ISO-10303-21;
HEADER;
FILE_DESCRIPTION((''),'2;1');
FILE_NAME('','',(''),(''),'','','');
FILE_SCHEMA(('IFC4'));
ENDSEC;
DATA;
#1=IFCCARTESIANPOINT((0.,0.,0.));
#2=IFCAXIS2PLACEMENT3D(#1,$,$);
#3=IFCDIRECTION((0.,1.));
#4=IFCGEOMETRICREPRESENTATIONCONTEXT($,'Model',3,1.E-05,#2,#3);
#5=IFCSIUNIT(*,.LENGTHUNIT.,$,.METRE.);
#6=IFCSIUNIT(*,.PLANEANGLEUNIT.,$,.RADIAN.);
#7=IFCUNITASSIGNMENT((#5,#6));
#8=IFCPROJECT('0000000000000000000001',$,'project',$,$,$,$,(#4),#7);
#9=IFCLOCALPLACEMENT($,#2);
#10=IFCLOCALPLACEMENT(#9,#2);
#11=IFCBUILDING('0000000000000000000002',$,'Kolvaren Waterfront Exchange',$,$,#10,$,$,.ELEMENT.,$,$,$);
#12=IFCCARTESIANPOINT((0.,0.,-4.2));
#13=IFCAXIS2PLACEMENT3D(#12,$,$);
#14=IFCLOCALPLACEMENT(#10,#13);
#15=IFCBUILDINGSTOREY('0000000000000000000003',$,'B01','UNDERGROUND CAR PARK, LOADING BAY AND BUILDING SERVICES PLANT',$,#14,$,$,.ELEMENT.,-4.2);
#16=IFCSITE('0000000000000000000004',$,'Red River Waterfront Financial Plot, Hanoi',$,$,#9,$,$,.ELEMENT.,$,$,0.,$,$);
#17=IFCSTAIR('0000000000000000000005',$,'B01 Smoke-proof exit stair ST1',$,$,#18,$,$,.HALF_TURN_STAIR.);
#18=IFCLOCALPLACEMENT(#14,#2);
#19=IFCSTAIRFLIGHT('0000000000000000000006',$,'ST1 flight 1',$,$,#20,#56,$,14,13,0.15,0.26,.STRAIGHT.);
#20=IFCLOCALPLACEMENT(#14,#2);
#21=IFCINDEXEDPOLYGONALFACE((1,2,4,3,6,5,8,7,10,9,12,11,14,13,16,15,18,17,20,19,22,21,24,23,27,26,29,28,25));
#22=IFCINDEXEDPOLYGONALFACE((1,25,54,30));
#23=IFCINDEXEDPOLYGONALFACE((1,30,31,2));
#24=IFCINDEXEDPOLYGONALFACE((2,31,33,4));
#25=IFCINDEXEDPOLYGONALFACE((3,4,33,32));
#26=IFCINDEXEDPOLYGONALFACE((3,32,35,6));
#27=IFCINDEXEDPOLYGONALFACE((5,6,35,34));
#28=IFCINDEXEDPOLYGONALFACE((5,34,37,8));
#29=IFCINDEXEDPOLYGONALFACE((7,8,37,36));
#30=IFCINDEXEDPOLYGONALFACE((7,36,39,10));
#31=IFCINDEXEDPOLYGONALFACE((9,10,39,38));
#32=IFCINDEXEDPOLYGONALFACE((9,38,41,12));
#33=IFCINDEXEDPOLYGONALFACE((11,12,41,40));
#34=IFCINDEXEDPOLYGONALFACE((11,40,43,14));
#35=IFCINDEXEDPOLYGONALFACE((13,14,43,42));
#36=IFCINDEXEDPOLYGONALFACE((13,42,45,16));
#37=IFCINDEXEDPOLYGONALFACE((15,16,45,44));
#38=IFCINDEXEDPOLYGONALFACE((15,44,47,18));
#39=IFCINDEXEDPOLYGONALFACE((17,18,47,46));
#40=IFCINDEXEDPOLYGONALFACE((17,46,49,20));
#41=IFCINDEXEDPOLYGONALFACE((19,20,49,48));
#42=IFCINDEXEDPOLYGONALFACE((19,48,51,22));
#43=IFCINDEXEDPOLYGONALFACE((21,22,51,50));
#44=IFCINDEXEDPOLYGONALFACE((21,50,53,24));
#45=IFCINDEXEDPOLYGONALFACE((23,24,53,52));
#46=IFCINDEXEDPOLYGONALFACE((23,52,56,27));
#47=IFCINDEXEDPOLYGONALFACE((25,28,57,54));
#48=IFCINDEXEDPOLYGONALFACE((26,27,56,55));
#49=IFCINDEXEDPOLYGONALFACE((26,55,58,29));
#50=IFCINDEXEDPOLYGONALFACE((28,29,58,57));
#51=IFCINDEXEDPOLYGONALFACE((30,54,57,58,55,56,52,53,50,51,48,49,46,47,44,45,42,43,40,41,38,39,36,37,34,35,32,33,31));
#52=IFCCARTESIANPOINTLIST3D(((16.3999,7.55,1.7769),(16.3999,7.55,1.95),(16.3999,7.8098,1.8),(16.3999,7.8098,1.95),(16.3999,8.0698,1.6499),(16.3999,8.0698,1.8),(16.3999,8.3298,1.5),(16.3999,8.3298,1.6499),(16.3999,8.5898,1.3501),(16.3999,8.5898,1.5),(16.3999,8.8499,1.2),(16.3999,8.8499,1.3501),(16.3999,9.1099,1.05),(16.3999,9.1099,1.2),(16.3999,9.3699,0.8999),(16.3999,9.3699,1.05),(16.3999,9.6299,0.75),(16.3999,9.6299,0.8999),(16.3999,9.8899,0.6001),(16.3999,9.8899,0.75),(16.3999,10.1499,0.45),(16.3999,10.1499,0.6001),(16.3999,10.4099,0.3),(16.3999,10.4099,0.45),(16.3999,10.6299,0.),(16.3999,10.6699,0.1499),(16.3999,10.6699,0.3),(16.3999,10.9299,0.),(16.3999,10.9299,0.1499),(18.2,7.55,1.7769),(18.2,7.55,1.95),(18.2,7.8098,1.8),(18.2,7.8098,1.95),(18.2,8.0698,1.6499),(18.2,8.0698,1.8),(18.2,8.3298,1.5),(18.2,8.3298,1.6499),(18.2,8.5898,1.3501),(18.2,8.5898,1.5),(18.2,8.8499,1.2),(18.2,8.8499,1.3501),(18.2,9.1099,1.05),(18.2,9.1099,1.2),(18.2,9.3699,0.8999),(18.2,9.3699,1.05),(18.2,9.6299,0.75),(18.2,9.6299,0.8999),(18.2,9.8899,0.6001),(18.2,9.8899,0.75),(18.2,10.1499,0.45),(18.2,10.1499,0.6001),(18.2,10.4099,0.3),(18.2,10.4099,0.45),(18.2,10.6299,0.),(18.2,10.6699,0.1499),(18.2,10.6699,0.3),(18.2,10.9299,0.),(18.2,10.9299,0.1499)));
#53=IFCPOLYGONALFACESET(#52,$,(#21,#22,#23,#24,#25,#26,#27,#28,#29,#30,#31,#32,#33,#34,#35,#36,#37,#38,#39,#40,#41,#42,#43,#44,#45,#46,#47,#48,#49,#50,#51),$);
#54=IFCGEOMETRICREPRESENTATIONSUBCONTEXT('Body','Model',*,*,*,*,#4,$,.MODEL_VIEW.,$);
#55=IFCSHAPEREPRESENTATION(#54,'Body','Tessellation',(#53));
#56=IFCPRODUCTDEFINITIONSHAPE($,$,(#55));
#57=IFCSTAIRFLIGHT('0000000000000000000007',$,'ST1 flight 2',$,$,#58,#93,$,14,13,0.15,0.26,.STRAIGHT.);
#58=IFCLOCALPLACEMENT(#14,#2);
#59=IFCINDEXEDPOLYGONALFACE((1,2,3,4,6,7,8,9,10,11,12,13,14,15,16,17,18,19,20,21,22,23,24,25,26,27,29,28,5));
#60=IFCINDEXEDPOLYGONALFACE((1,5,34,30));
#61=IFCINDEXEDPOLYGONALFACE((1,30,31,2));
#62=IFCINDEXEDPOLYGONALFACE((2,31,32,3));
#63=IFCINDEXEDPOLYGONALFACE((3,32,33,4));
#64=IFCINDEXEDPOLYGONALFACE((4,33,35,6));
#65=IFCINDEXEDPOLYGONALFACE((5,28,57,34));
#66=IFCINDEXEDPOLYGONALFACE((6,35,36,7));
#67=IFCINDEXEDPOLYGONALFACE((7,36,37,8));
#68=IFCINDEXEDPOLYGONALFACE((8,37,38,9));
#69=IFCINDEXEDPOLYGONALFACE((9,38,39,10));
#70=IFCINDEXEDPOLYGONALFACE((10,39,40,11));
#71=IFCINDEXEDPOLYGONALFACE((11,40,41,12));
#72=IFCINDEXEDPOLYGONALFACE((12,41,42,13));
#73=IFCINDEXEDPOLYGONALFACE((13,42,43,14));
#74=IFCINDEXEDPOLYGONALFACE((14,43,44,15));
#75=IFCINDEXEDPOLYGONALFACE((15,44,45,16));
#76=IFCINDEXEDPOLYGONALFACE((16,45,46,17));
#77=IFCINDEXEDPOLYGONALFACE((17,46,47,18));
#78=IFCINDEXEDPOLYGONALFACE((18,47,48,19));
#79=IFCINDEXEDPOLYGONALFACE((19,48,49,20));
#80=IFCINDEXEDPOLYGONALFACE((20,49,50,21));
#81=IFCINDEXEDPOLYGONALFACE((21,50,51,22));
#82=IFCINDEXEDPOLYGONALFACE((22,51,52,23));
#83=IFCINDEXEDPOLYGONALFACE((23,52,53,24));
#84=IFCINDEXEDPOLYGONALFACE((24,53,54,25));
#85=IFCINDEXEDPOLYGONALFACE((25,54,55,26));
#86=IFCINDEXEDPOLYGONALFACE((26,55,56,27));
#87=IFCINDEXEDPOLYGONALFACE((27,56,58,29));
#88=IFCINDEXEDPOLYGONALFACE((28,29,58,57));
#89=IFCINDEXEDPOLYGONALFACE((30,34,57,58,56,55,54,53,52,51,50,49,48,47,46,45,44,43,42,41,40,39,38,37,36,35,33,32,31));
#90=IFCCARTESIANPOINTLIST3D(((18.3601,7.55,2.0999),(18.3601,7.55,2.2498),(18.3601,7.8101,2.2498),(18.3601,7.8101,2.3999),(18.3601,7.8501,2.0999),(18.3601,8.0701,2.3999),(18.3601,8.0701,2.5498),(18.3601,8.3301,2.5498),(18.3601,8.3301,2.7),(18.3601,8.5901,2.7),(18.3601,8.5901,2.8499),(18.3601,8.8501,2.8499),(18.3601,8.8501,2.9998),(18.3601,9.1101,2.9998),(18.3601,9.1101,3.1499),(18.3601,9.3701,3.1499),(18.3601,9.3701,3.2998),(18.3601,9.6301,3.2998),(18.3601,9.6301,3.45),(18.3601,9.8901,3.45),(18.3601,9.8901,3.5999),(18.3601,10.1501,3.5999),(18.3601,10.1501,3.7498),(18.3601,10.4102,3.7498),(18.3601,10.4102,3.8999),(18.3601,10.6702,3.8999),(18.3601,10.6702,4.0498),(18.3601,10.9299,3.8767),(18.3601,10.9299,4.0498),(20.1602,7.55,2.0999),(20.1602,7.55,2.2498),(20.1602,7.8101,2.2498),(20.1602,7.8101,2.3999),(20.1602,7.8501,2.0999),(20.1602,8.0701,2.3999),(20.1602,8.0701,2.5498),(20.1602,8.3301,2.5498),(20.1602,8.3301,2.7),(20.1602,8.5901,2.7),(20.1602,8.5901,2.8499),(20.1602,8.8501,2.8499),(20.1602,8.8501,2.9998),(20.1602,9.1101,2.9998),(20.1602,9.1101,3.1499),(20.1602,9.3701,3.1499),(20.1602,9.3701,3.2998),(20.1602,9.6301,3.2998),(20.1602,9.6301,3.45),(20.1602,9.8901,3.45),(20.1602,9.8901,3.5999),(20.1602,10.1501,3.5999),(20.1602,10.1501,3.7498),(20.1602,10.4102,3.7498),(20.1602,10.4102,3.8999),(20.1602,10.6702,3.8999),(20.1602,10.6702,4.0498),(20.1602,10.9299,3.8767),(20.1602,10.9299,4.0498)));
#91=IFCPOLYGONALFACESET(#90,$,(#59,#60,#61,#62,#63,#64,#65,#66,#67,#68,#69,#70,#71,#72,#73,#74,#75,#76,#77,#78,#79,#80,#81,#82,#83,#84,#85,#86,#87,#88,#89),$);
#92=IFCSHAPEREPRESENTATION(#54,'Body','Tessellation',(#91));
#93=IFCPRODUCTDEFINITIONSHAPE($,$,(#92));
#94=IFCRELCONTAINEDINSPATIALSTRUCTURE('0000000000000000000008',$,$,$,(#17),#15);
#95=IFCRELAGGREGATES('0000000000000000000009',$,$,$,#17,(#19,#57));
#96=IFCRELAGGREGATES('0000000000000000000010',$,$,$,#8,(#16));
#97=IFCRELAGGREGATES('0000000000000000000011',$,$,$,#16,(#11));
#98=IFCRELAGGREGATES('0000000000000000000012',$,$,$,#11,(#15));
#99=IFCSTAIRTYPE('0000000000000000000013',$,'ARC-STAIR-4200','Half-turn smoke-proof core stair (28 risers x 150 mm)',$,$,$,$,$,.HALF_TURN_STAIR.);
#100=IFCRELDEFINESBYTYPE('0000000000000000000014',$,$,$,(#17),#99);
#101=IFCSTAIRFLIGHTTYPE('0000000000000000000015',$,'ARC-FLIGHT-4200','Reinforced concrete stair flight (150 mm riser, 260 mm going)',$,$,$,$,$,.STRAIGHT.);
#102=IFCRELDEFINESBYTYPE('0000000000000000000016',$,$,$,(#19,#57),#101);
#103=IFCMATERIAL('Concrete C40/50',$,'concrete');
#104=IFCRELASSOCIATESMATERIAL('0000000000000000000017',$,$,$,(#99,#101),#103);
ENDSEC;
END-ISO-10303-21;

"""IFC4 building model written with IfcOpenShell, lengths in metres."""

from ifc_helpers import new_model, si_unit, direction, frame, origin, place, context, subcontext, project, spatial, polyline, outline, extrude, material, type_object, element, aggregate, save


model = new_model("IFC4")

# Units and contexts
model_context = context("Model", 3, precision=1e-05, world=origin(), true_north=direction((0.0, 1.0)))
body_context = subcontext(model_context, "Body", "Model", "MODEL_VIEW")
ifc_project = project(units=[si_unit("LENGTHUNIT", "METRE"), si_unit("PLANEANGLEUNIT", "RADIAN")], contexts=[model_context])

# Site, building, storey
site_placement = place(None, origin())
site = spatial("IfcSite", under=ifc_project, at=site_placement, Name="Red River Waterfront Financial Plot, Hanoi", CompositionType="ELEMENT", RefElevation=0.0)
building_placement = place(site_placement, origin())
building = spatial("IfcBuilding", under=site, at=building_placement, Name="Kolvaren Waterfront Exchange", CompositionType="ELEMENT")
storey_placement = place(building_placement, frame((0.0, 0.0, -4.2)))
storey = spatial("IfcBuildingStorey", under=building, at=storey_placement, Name="B01", Description="UNDERGROUND CAR PARK, LOADING BAY AND BUILDING SERVICES PLANT", CompositionType="ELEMENT", Elevation=-4.2)

# Shared definitions
ifc_material_1 = material(Name="Concrete C40/50", Category="concrete")

# Stair, stair flights
stair_type = type_object("IfcStairType", Name="ARC-STAIR-4200", Description="Half-turn smoke-proof core stair (28 risers x 150 mm)", PredefinedType="HALF_TURN_STAIR", material=ifc_material_1)
stair_placement = place(storey_placement, origin())
stair = element("IfcStair", 1, at=stair_placement, inside=storey, type_object=stair_type, Name="B01 Smoke-proof exit stair ST1", PredefinedType="HALF_TURN_STAIR")
stair_flight_type = type_object("IfcStairFlightType", Name="ARC-FLIGHT-4200", Description="Reinforced concrete stair flight (150 mm riser, 260 mm going)", PredefinedType="STRAIGHT", material=ifc_material_1)
stair_flight_1_placement = place(storey_placement, frame((17.3, 10.9299, 0.0), z_axis=(0.0, 0.0, 1.0), x_axis=(0.0, -1.0, 0.0)))
stair_flight_1 = element("IfcStairFlight", 2, at=stair_flight_1_placement, type_object=stair_flight_type, Name="ST1 flight 1", NumberOfRisers=14, NumberOfTreads=13, PredefinedType="STRAIGHT", RiserHeight=0.15, TreadLength=0.26, context=body_context, shape_type="SweptSolid", body=[
    extrude(outline(polyline([(0.0, 0.0), (0.0, 0.1499), (0.26, 0.1499), (0.26, 0.3), (0.52, 0.3), (0.52, 0.45), (0.78, 0.45), (0.78, 0.6001), (1.04, 0.6001), (1.04, 0.75), (1.3, 0.75), (1.3, 0.8999), (1.5601, 0.8999), (1.5601, 1.05), (1.8201, 1.05), (1.8201, 1.2), (2.0801, 1.2), (2.0801, 1.3501), (2.3401, 1.3501), (2.3401, 1.5), (2.6001, 1.5), (2.6001, 1.6499), (2.8601, 1.6499), (2.8601, 1.8), (3.1201, 1.8), (3.1201, 1.95), (3.3799, 1.95), (3.3799, 2.1001), (3.3799, 1.7769), (0.3, 0.0), (0.0, 0.0)])), frame((0.0, 0.8999, 0.0), z_axis=(0.0, -1.0, 0.0), x_axis=(1.0, 0.0, 0.0)), (0.0, 0.0, 1.0), 1.8),
])
stair_flight_2_placement = place(storey_placement, frame((19.26, 7.55, 2.0999), z_axis=(0.0, 0.0, 1.0), x_axis=(0.0, 1.0, 0.0)))
stair_flight_2 = element("IfcStairFlight", 3, at=stair_flight_2_placement, type_object=stair_flight_type, Name="ST1 flight 2", NumberOfRisers=14, NumberOfTreads=13, PredefinedType="STRAIGHT", RiserHeight=0.15, TreadLength=0.26, context=body_context, shape_type="SweptSolid", body=[
    extrude(outline(polyline([(0.0, 0.0), (0.0, 0.1499), (0.26, 0.1499), (0.26, 0.3), (0.52, 0.3), (0.52, 0.45), (0.78, 0.45), (0.78, 0.6001), (1.04, 0.6001), (1.04, 0.75), (1.3, 0.75), (1.3, 0.8999), (1.5601, 0.8999), (1.5601, 1.05), (1.8201, 1.05), (1.8201, 1.2), (2.0801, 1.2), (2.0801, 1.3501), (2.3401, 1.3501), (2.3401, 1.5), (2.6001, 1.5), (2.6001, 1.6499), (2.8601, 1.6499), (2.8601, 1.8), (3.1201, 1.8), (3.1201, 1.95), (3.3799, 1.95), (3.3799, 2.1001), (3.3799, 1.7769), (0.3, 0.0), (0.0, 0.0)])), frame((0.0, 0.8999, 0.0), z_axis=(0.0, -1.0, 0.0), x_axis=(1.0, 0.0, 0.0)), (0.0, 0.0, 1.0), 1.8),
])
aggregate(stair, [stair_flight_1, stair_flight_2])

save(model, "model.ifc")
